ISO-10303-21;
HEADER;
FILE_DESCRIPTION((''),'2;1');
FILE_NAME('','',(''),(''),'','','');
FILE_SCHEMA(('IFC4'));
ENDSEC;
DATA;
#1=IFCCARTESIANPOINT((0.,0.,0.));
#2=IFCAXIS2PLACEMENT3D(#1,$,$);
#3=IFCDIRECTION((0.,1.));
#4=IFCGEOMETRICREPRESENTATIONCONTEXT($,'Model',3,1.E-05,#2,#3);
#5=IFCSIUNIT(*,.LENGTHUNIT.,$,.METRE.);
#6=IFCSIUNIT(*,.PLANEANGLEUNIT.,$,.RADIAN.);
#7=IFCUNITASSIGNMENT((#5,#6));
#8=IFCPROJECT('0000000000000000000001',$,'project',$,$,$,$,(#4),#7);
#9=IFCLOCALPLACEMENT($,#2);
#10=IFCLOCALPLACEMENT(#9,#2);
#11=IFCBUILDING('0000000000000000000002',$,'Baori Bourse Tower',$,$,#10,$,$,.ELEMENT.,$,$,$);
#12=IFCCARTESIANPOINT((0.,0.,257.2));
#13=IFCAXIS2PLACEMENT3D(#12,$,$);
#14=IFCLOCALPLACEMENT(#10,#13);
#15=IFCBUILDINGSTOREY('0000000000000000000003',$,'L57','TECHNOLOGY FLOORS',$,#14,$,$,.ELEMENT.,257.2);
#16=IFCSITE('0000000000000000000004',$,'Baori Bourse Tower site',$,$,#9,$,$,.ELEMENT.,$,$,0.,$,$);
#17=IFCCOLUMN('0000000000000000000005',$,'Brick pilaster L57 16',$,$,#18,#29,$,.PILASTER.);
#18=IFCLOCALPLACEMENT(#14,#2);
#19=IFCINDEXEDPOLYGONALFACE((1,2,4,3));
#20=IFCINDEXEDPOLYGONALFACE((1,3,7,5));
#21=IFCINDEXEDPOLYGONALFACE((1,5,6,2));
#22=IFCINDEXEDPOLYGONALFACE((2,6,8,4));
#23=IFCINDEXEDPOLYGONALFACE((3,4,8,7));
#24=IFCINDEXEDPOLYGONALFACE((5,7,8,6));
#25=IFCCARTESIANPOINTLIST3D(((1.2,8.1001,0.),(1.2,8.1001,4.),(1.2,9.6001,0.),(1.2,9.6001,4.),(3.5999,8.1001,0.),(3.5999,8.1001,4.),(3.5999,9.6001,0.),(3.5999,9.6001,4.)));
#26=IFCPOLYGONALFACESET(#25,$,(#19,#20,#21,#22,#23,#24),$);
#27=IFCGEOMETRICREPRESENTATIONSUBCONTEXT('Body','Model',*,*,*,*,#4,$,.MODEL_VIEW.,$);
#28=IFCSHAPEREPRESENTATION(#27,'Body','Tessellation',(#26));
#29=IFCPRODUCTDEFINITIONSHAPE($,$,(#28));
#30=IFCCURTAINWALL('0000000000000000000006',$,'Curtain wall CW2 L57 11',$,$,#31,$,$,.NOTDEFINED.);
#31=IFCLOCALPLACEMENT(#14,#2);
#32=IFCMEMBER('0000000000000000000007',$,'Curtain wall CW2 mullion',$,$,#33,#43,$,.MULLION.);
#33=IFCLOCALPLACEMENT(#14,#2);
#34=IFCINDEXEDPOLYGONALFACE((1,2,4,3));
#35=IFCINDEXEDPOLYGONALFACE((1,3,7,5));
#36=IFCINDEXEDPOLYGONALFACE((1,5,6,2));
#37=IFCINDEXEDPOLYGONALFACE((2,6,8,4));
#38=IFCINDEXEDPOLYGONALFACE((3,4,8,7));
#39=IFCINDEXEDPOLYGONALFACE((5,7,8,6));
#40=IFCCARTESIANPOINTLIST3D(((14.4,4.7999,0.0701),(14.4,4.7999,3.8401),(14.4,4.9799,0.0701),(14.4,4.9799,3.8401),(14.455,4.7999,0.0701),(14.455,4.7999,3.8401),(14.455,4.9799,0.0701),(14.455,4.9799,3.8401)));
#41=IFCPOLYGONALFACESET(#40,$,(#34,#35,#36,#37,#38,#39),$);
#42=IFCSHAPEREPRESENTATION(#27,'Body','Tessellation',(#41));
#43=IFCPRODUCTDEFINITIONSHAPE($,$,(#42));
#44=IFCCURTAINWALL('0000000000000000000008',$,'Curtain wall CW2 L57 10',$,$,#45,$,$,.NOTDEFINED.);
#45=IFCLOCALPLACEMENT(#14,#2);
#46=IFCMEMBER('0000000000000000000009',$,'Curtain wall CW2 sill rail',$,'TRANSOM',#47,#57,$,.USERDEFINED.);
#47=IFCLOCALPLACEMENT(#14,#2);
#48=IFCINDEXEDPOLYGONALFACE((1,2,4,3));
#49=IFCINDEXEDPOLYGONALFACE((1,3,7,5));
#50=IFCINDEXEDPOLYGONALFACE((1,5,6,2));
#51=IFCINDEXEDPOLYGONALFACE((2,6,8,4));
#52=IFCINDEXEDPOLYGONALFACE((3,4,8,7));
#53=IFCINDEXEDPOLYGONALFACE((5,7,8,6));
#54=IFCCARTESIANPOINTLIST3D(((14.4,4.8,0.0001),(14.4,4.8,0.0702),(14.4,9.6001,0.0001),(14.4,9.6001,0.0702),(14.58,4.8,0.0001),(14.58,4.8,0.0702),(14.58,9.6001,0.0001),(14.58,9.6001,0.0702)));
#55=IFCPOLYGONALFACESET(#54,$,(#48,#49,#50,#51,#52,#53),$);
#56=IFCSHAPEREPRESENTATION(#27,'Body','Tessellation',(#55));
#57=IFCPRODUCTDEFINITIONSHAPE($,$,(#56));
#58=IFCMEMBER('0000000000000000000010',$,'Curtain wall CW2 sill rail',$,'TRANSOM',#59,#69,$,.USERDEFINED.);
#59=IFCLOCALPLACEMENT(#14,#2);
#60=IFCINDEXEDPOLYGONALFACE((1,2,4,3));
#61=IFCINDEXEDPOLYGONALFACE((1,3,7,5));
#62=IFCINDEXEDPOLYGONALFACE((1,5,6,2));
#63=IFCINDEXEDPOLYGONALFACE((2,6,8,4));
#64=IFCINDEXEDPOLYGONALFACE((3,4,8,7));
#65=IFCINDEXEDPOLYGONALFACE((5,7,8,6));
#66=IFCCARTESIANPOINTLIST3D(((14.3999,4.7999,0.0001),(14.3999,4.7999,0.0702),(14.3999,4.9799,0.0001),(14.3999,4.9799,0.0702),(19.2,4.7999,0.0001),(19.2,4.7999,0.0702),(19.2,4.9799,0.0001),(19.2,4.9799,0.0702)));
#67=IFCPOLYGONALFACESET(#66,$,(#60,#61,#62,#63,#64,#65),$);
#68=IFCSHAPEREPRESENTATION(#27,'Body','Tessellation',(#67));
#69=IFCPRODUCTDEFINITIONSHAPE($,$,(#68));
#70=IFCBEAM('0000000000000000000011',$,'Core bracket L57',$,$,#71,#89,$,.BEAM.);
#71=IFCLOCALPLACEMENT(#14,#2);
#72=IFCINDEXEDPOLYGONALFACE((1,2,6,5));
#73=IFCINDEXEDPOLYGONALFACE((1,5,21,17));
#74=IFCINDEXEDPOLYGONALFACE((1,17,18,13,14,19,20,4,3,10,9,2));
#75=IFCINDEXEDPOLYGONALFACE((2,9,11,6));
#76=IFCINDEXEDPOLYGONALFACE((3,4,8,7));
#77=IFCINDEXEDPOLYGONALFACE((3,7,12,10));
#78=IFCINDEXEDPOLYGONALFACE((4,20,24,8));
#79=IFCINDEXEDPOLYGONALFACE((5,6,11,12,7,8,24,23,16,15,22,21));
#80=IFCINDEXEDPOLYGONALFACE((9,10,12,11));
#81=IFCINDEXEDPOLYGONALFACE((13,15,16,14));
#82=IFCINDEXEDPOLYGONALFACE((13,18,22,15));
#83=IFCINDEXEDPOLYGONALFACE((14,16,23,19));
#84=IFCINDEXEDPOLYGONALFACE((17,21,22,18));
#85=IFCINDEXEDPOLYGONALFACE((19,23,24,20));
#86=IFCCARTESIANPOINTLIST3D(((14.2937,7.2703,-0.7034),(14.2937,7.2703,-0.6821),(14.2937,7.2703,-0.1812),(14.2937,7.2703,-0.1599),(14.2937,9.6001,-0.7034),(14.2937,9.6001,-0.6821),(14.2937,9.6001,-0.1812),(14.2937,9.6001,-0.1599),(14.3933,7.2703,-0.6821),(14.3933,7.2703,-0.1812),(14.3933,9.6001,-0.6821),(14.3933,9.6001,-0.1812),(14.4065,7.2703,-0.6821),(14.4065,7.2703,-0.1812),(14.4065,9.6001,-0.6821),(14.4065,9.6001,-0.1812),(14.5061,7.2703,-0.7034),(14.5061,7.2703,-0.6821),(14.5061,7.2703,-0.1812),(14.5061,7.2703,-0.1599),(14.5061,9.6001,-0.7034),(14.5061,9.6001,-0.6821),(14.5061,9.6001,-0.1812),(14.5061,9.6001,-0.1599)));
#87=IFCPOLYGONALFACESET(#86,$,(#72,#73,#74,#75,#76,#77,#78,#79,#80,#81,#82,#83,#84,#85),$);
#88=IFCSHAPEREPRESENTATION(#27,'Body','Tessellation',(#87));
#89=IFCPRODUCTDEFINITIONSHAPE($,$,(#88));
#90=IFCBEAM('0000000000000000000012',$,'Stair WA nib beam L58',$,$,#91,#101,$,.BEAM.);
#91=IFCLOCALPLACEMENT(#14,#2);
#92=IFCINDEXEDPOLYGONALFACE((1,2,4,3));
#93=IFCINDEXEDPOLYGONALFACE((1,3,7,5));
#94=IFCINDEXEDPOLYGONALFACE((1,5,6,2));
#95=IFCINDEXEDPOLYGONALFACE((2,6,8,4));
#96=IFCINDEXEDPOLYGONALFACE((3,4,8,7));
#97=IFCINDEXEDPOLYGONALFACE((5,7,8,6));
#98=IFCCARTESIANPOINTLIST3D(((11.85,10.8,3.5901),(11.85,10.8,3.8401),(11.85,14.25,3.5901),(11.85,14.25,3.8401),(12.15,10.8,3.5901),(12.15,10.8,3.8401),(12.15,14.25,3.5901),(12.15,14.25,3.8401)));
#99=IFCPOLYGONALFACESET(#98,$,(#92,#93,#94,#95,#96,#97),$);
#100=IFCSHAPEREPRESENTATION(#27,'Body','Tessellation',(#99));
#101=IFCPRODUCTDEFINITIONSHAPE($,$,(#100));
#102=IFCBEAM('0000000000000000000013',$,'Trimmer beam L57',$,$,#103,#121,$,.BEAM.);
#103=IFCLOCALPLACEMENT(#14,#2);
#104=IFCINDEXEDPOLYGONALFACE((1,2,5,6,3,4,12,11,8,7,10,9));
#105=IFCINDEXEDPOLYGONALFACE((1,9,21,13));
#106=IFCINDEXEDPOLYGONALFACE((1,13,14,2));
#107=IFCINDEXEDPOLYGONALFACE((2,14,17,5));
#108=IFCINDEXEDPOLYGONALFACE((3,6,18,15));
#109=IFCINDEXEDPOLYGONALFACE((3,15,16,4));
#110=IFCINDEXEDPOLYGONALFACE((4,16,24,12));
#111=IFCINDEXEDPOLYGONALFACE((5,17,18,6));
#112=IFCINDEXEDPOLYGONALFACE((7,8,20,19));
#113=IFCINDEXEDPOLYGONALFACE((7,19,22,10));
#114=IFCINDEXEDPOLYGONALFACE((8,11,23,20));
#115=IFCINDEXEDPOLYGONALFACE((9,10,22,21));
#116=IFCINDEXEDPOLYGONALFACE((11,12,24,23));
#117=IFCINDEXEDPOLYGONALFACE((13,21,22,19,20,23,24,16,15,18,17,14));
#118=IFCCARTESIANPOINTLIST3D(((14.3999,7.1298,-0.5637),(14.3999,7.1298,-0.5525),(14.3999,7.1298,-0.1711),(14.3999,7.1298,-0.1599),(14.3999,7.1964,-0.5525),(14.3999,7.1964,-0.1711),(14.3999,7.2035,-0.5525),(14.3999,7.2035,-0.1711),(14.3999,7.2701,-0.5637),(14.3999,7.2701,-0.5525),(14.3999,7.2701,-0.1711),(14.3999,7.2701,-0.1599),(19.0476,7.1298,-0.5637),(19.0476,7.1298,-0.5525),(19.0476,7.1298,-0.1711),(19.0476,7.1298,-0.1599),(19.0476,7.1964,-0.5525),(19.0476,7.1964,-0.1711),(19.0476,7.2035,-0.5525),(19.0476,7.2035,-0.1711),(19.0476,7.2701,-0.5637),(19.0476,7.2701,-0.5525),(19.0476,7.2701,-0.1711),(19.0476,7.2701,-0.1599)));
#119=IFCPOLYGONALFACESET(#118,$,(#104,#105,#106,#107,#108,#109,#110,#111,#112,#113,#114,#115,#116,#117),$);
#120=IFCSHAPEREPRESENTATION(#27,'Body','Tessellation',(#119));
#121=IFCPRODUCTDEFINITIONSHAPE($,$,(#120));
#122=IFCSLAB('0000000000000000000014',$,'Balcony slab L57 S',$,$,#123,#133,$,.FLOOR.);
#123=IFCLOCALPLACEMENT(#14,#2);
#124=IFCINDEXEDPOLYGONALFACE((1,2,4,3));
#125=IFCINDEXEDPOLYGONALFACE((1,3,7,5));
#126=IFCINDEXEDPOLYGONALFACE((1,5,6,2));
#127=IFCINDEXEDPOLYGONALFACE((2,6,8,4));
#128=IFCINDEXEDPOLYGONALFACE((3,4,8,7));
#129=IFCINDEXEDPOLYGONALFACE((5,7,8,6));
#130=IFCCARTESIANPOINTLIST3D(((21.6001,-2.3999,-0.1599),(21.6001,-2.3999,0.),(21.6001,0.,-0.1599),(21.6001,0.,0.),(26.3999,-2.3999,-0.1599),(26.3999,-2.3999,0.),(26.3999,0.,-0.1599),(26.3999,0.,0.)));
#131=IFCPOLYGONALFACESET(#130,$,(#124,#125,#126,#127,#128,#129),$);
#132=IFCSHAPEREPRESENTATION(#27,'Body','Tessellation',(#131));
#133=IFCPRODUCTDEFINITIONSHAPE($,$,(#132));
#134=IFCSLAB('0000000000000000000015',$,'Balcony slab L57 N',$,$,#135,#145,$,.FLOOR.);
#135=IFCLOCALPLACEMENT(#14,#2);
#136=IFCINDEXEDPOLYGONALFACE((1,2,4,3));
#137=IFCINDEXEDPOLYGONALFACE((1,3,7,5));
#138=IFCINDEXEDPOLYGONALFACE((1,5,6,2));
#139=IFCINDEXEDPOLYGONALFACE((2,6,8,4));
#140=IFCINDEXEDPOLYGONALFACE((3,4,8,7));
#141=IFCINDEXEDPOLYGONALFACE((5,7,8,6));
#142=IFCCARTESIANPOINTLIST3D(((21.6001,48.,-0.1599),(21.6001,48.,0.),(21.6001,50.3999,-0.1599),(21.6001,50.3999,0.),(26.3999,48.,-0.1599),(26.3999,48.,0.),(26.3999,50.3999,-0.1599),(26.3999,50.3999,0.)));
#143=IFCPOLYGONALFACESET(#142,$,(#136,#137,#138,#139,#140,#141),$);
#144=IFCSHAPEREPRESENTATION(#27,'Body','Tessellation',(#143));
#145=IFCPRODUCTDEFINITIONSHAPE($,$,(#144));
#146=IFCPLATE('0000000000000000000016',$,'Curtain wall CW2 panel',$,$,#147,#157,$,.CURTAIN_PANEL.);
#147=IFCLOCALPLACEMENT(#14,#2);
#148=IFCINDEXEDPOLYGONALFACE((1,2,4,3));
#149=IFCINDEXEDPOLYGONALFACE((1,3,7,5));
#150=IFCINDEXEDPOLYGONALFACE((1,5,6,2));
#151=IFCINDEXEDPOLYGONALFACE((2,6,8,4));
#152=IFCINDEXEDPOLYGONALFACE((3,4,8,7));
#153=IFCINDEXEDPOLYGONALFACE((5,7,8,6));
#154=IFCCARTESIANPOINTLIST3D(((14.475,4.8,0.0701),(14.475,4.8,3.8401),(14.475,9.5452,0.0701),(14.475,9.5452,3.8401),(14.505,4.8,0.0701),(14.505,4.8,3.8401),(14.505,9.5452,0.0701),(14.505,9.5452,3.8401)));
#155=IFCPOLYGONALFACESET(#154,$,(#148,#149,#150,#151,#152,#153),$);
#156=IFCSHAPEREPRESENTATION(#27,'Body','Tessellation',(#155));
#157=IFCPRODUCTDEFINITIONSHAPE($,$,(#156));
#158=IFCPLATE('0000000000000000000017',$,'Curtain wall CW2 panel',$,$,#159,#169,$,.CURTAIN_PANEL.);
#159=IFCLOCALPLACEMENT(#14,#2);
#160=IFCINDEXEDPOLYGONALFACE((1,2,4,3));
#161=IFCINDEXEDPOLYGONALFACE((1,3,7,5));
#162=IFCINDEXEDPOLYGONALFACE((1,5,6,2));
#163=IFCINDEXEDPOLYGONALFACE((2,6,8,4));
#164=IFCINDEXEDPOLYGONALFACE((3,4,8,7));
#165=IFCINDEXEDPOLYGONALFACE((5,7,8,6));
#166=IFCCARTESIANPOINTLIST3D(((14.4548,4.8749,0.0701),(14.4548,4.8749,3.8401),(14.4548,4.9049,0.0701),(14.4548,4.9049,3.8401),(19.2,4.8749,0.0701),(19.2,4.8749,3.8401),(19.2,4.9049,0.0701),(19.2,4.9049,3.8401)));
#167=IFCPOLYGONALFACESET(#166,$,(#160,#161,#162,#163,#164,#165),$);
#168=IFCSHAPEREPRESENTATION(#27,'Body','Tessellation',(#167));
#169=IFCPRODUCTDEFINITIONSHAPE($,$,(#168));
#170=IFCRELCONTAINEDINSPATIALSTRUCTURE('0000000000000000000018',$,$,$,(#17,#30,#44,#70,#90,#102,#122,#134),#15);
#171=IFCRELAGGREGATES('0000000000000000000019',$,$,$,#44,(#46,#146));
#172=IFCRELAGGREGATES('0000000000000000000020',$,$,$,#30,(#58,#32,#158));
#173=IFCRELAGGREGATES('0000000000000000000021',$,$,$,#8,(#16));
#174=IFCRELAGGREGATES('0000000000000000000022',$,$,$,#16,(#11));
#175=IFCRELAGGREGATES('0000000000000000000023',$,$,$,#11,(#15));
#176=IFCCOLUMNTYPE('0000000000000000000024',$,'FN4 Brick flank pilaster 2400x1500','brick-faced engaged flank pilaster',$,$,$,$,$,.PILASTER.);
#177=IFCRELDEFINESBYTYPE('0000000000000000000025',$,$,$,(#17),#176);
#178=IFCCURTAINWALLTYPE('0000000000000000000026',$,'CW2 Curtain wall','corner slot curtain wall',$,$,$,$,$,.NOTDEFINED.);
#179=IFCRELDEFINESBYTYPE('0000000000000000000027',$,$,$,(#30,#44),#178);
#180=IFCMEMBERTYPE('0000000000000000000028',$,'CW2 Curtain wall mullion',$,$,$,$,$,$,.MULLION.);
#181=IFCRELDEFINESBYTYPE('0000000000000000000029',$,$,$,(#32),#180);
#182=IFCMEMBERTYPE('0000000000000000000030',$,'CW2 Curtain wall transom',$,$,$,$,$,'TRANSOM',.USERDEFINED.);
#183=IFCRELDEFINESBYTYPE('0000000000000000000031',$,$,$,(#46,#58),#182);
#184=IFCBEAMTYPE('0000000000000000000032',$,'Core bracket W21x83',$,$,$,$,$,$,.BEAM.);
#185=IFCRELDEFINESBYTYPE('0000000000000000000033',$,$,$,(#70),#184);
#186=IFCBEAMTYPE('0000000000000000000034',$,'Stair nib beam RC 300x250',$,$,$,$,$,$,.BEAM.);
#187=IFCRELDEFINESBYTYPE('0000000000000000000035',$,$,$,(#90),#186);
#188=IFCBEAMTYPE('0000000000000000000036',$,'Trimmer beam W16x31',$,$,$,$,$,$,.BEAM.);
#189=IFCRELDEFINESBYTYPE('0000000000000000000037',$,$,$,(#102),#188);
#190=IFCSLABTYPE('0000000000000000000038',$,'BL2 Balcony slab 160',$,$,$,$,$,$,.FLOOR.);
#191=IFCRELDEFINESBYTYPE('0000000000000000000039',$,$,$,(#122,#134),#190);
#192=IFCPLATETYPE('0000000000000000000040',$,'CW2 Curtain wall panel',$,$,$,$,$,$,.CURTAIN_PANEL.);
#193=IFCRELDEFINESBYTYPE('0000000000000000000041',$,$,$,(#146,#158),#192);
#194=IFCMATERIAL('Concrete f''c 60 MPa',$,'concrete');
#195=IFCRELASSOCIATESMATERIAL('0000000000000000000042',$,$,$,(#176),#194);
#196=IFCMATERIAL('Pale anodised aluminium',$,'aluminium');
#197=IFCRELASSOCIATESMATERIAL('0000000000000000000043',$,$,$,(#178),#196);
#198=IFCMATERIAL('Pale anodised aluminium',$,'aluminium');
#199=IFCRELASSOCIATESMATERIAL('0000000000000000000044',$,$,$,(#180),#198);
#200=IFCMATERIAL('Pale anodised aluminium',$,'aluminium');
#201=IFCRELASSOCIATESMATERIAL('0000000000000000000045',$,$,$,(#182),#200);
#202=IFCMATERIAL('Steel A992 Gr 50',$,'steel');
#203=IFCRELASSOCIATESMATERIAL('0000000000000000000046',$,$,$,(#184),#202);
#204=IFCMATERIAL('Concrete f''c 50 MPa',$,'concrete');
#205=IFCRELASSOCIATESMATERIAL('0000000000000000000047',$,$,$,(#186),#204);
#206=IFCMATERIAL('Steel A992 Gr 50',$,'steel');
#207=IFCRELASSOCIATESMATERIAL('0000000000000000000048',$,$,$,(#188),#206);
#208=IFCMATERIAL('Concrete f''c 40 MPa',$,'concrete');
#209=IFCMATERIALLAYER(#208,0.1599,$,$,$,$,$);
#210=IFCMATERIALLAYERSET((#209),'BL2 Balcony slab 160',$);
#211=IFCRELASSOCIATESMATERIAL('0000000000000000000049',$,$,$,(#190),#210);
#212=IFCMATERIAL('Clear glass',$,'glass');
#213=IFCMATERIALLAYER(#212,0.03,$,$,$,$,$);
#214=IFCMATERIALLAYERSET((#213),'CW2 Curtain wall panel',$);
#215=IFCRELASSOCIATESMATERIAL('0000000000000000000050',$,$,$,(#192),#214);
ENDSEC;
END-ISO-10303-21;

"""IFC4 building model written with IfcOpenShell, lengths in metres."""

from ifc_helpers import new_model, si_unit, direction, frame, origin, origin_2d, place, context, subcontext, project, spatial, polyline, rectangle, i_section, outline, extrude, material, layer, layer_set, material_profile, profile_set, type_object, element, aggregate, save


model = new_model("IFC4")

# Units and contexts
model_context = context("Model", 3, precision=1e-05, world=origin(), true_north=direction((0.0, 1.0)))
body_context = subcontext(model_context, "Body", "Model", "MODEL_VIEW")
ifc_project = project(units=[si_unit("LENGTHUNIT", "METRE"), si_unit("PLANEANGLEUNIT", "RADIAN")], contexts=[model_context])

# Site, building, storey
site_placement = place(None, origin())
site = spatial("IfcSite", under=ifc_project, at=site_placement, Name="Baori Bourse Tower site", CompositionType="ELEMENT", RefElevation=0.0)
building_placement = place(site_placement, origin())
building = spatial("IfcBuilding", under=site, at=building_placement, Name="Baori Bourse Tower", CompositionType="ELEMENT")
storey_placement = place(building_placement, frame((0.0, 0.0, 257.2)))
storey = spatial("IfcBuildingStorey", under=building, at=storey_placement, Name="L57", Description="TECHNOLOGY FLOORS", CompositionType="ELEMENT", Elevation=257.2)

# Column
ifc_material_1 = material(Name="Concrete f'c 60 MPa", Category="concrete")
ifc_material_profile_1 = material_profile(ifc_material_1, rectangle(XDim=2.3999, YDim=1.5, at=origin_2d()), Name="RC 2400x1500")
ifc_profile_set_1 = profile_set([ifc_material_profile_1], Name="Concrete f'c 60 MPa")
column_type = type_object("IfcColumnType", Name="FN4 Brick flank pilaster 2400x1500", Description="brick-faced engaged flank pilaster", PredefinedType="PILASTER", material=ifc_profile_set_1)
column_placement = place(storey_placement, frame((2.3999, 8.8501, 0.0), z_axis=(0.0, 0.0, 1.0), x_axis=(1.0, 0.0, 0.0)))
element("IfcColumn", 1, at=column_placement, inside=storey, type_object=column_type, Name="Brick pilaster L57 16", PredefinedType="PILASTER", context=body_context, shape_type="SweptSolid", body=[
    extrude(rectangle(XDim=2.3999, YDim=1.5, at=origin_2d()), origin(), (0.0, 0.0, 1.0), 4.0),
])

# Curtain walls, members
ifc_material_2 = material(Name="Pale anodised aluminium", Category="aluminium")
curtain_wall_type = type_object("IfcCurtainWallType", Name="CW2 Curtain wall", Description="corner slot curtain wall", PredefinedType="NOTDEFINED", material=ifc_material_2)
curtain_wall_1_placement = place(storey_placement, origin())
curtain_wall_1 = element("IfcCurtainWall", 2, at=curtain_wall_1_placement, inside=storey, type_object=curtain_wall_type, Name="Curtain wall CW2 L57 11", PredefinedType="NOTDEFINED")
ifc_material_3 = material(Name="Pale anodised aluminium", Category="aluminium")
ifc_material_profile_2 = material_profile(ifc_material_3, rectangle(XDim=0.1799, YDim=0.0549, at=origin_2d()), Name="Mullion 55x180")
ifc_profile_set_2 = profile_set([ifc_material_profile_2], Name="Pale anodised aluminium")
member_type_1 = type_object("IfcMemberType", Name="CW2 Curtain wall mullion", PredefinedType="MULLION", material=ifc_profile_set_2)
member_1_placement = place(storey_placement, frame((14.4275, 4.8899, 0.0701), z_axis=(0.0, 0.0, 1.0), x_axis=(0.0, 1.0, 0.0)))
member_1 = element("IfcMember", 3, at=member_1_placement, type_object=member_type_1, Name="Curtain wall CW2 mullion", PredefinedType="MULLION", context=body_context, shape_type="SweptSolid", body=[
    extrude(rectangle(XDim=0.1799, YDim=0.0549, at=origin_2d()), origin(), (0.0, 0.0, 1.0), 3.77),
])
curtain_wall_2_placement = place(storey_placement, origin())
curtain_wall_2 = element("IfcCurtainWall", 4, at=curtain_wall_2_placement, inside=storey, type_object=curtain_wall_type, Name="Curtain wall CW2 L57 10", PredefinedType="NOTDEFINED")
ifc_material_4 = material(Name="Pale anodised aluminium", Category="aluminium")
ifc_material_profile_3 = material_profile(ifc_material_4, rectangle(XDim=0.1799, YDim=0.0701, at=origin_2d()), Name="Transom 70x180")
ifc_profile_set_3 = profile_set([ifc_material_profile_3], Name="Pale anodised aluminium")
member_type_2 = type_object("IfcMemberType", Name="CW2 Curtain wall transom", ElementType="TRANSOM", PredefinedType="USERDEFINED", material=ifc_profile_set_3)
member_2_placement = place(storey_placement, frame((14.49, 9.6001, 0.0352), z_axis=(0.0, -1.0, 0.0), x_axis=(1.0, 0.0, 0.0)))
member_2 = element("IfcMember", 5, at=member_2_placement, type_object=member_type_2, Name="Curtain wall CW2 sill rail", ObjectType="TRANSOM", PredefinedType="USERDEFINED", context=body_context, shape_type="SweptSolid", body=[
    extrude(rectangle(XDim=0.1799, YDim=0.0701, at=origin_2d()), origin(), (0.0, 0.0, 1.0), 4.8),
])

# Member
member_3_placement = place(storey_placement, frame((14.3999, 4.8899, 0.0352), z_axis=(1.0, 0.0, 0.0), x_axis=(0.0, 1.0, 0.0)))
member_3 = element("IfcMember", 6, at=member_3_placement, type_object=member_type_2, Name="Curtain wall CW2 sill rail", ObjectType="TRANSOM", PredefinedType="USERDEFINED", context=body_context, shape_type="SweptSolid", body=[
    extrude(rectangle(XDim=0.1799, YDim=0.0701, at=origin_2d()), origin(), (0.0, 0.0, 1.0), 4.8),
])

# Beams
ifc_material_5 = material(Name="Steel A992 Gr 50", Category="steel")
ifc_material_profile_4 = material_profile(ifc_material_5, i_section(OverallWidth=0.2124, OverallDepth=0.5435, WebThickness=0.0132, FlangeThickness=0.0212, at=origin_2d()), Name="W21x83")
ifc_profile_set_4 = profile_set([ifc_material_profile_4], Name="Steel A992 Gr 50")
beam_type_1 = type_object("IfcBeamType", Name="Core bracket W21x83", PredefinedType="BEAM", material=ifc_profile_set_4)
beam_1_placement = place(storey_placement, frame((14.3999, 7.2703, -0.4316), z_axis=(0.0, 1.0, 0.0), x_axis=(-1.0, 0.0, 0.0)))
element("IfcBeam", 7, at=beam_1_placement, inside=storey, type_object=beam_type_1, Name="Core bracket L57", PredefinedType="BEAM", context=body_context, shape_type="SweptSolid", body=[
    extrude(i_section(OverallWidth=0.2124, OverallDepth=0.5435, WebThickness=0.0132, FlangeThickness=0.0212, at=origin_2d()), origin(), (0.0, 0.0, 1.0), 2.3298),
])
ifc_material_6 = material(Name="Concrete f'c 50 MPa", Category="concrete")
ifc_material_profile_5 = material_profile(ifc_material_6, rectangle(XDim=0.3, YDim=0.25, at=origin_2d()), Name="RC 300x250")
ifc_profile_set_5 = profile_set([ifc_material_profile_5], Name="Concrete f'c 50 MPa")
beam_type_2 = type_object("IfcBeamType", Name="Stair nib beam RC 300x250", PredefinedType="BEAM", material=ifc_profile_set_5)
beam_2_placement = place(storey_placement, frame((12.0, 10.8, 3.7151), z_axis=(0.0, 1.0, 0.0), x_axis=(-1.0, 0.0, 0.0)))
element("IfcBeam", 8, at=beam_2_placement, inside=storey, type_object=beam_type_2, Name="Stair WA nib beam L58", PredefinedType="BEAM", context=body_context, shape_type="SweptSolid", body=[
    extrude(rectangle(XDim=0.3, YDim=0.25, at=origin_2d()), origin(), (0.0, 0.0, 1.0), 3.45),
])
ifc_material_7 = material(Name="Steel A992 Gr 50", Category="steel")
ifc_material_profile_6 = material_profile(ifc_material_7, i_section(OverallWidth=0.1404, OverallDepth=0.4038, WebThickness=0.0071, FlangeThickness=0.0112, at=origin_2d()), Name="W16x31")
ifc_profile_set_6 = profile_set([ifc_material_profile_6], Name="Steel A992 Gr 50")
beam_type_3 = type_object("IfcBeamType", Name="Trimmer beam W16x31", PredefinedType="BEAM", material=ifc_profile_set_6)
beam_3_placement = place(storey_placement, frame((14.3999, 7.2, -0.3618), z_axis=(1.0, 0.0, 0.0), x_axis=(0.0, 1.0, 0.0)))
element("IfcBeam", 9, at=beam_3_placement, inside=storey, type_object=beam_type_3, Name="Trimmer beam L57", PredefinedType="BEAM", context=body_context, shape_type="SweptSolid", body=[
    extrude(i_section(OverallWidth=0.1404, OverallDepth=0.4038, WebThickness=0.0071, FlangeThickness=0.0112, at=origin_2d()), origin(), (0.0, 0.0, 1.0), 4.6477),
])

# Slabs
ifc_material_8 = material(Name="Concrete f'c 40 MPa", Category="concrete")
ifc_layer_1 = layer(ifc_material_8, 0.1599)
ifc_layer_set_1 = layer_set([ifc_layer_1], Name="BL2 Balcony slab 160")
slab_type = type_object("IfcSlabType", Name="BL2 Balcony slab 160", PredefinedType="FLOOR", material=ifc_layer_set_1)
slab_1_placement = place(storey_placement, frame((0.0, 0.0, -0.1599)))
element("IfcSlab", 10, at=slab_1_placement, inside=storey, type_object=slab_type, Name="Balcony slab L57 S", PredefinedType="FLOOR", context=body_context, shape_type="SweptSolid", body=[
    extrude(outline(polyline([(21.6001, 0.0), (21.6001, -2.3999), (26.3999, -2.3999), (26.3999, 0.0), (21.6001, 0.0)])), origin(), (0.0, 0.0, 1.0), 0.1599),
])
slab_2_placement = place(storey_placement, frame((0.0, 0.0, -0.1599)))
element("IfcSlab", 11, at=slab_2_placement, inside=storey, type_object=slab_type, Name="Balcony slab L57 N", PredefinedType="FLOOR", context=body_context, shape_type="SweptSolid", body=[
    extrude(outline(polyline([(21.6001, 48.0), (26.3999, 48.0), (26.3999, 50.3999), (21.6001, 50.3999), (21.6001, 48.0)])), origin(), (0.0, 0.0, 1.0), 0.1599),
])

# Plates
ifc_material_9 = material(Name="Clear glass", Category="glass")
ifc_layer_2 = layer(ifc_material_9, 0.03)
ifc_layer_set_2 = layer_set([ifc_layer_2], Name="CW2 Curtain wall panel")
plate_type = type_object("IfcPlateType", Name="CW2 Curtain wall panel", PredefinedType="CURTAIN_PANEL", material=ifc_layer_set_2)
plate_1_placement = place(storey_placement, frame((14.49, 7.1726, 0.0701), z_axis=(0.0, 0.0, 1.0), x_axis=(0.0, -1.0, 0.0)))
plate_1 = element("IfcPlate", 12, at=plate_1_placement, type_object=plate_type, Name="Curtain wall CW2 panel", PredefinedType="CURTAIN_PANEL", context=body_context, shape_type="SweptSolid", body=[
    extrude(rectangle(XDim=4.7451, YDim=0.03, at=origin_2d()), origin(), (0.0, 0.0, 1.0), 3.77),
])
aggregate(curtain_wall_2, [member_2, plate_1])
plate_2_placement = place(storey_placement, frame((16.8274, 4.8899, 0.0701), z_axis=(0.0, 0.0, 1.0), x_axis=(1.0, 0.0, 0.0)))
plate_2 = element("IfcPlate", 13, at=plate_2_placement, type_object=plate_type, Name="Curtain wall CW2 panel", PredefinedType="CURTAIN_PANEL", context=body_context, shape_type="SweptSolid", body=[
    extrude(rectangle(XDim=4.7451, YDim=0.03, at=origin_2d()), origin(), (0.0, 0.0, 1.0), 3.77),
])
aggregate(curtain_wall_1, [member_3, member_1, plate_2])

save(model, "model.ifc")
